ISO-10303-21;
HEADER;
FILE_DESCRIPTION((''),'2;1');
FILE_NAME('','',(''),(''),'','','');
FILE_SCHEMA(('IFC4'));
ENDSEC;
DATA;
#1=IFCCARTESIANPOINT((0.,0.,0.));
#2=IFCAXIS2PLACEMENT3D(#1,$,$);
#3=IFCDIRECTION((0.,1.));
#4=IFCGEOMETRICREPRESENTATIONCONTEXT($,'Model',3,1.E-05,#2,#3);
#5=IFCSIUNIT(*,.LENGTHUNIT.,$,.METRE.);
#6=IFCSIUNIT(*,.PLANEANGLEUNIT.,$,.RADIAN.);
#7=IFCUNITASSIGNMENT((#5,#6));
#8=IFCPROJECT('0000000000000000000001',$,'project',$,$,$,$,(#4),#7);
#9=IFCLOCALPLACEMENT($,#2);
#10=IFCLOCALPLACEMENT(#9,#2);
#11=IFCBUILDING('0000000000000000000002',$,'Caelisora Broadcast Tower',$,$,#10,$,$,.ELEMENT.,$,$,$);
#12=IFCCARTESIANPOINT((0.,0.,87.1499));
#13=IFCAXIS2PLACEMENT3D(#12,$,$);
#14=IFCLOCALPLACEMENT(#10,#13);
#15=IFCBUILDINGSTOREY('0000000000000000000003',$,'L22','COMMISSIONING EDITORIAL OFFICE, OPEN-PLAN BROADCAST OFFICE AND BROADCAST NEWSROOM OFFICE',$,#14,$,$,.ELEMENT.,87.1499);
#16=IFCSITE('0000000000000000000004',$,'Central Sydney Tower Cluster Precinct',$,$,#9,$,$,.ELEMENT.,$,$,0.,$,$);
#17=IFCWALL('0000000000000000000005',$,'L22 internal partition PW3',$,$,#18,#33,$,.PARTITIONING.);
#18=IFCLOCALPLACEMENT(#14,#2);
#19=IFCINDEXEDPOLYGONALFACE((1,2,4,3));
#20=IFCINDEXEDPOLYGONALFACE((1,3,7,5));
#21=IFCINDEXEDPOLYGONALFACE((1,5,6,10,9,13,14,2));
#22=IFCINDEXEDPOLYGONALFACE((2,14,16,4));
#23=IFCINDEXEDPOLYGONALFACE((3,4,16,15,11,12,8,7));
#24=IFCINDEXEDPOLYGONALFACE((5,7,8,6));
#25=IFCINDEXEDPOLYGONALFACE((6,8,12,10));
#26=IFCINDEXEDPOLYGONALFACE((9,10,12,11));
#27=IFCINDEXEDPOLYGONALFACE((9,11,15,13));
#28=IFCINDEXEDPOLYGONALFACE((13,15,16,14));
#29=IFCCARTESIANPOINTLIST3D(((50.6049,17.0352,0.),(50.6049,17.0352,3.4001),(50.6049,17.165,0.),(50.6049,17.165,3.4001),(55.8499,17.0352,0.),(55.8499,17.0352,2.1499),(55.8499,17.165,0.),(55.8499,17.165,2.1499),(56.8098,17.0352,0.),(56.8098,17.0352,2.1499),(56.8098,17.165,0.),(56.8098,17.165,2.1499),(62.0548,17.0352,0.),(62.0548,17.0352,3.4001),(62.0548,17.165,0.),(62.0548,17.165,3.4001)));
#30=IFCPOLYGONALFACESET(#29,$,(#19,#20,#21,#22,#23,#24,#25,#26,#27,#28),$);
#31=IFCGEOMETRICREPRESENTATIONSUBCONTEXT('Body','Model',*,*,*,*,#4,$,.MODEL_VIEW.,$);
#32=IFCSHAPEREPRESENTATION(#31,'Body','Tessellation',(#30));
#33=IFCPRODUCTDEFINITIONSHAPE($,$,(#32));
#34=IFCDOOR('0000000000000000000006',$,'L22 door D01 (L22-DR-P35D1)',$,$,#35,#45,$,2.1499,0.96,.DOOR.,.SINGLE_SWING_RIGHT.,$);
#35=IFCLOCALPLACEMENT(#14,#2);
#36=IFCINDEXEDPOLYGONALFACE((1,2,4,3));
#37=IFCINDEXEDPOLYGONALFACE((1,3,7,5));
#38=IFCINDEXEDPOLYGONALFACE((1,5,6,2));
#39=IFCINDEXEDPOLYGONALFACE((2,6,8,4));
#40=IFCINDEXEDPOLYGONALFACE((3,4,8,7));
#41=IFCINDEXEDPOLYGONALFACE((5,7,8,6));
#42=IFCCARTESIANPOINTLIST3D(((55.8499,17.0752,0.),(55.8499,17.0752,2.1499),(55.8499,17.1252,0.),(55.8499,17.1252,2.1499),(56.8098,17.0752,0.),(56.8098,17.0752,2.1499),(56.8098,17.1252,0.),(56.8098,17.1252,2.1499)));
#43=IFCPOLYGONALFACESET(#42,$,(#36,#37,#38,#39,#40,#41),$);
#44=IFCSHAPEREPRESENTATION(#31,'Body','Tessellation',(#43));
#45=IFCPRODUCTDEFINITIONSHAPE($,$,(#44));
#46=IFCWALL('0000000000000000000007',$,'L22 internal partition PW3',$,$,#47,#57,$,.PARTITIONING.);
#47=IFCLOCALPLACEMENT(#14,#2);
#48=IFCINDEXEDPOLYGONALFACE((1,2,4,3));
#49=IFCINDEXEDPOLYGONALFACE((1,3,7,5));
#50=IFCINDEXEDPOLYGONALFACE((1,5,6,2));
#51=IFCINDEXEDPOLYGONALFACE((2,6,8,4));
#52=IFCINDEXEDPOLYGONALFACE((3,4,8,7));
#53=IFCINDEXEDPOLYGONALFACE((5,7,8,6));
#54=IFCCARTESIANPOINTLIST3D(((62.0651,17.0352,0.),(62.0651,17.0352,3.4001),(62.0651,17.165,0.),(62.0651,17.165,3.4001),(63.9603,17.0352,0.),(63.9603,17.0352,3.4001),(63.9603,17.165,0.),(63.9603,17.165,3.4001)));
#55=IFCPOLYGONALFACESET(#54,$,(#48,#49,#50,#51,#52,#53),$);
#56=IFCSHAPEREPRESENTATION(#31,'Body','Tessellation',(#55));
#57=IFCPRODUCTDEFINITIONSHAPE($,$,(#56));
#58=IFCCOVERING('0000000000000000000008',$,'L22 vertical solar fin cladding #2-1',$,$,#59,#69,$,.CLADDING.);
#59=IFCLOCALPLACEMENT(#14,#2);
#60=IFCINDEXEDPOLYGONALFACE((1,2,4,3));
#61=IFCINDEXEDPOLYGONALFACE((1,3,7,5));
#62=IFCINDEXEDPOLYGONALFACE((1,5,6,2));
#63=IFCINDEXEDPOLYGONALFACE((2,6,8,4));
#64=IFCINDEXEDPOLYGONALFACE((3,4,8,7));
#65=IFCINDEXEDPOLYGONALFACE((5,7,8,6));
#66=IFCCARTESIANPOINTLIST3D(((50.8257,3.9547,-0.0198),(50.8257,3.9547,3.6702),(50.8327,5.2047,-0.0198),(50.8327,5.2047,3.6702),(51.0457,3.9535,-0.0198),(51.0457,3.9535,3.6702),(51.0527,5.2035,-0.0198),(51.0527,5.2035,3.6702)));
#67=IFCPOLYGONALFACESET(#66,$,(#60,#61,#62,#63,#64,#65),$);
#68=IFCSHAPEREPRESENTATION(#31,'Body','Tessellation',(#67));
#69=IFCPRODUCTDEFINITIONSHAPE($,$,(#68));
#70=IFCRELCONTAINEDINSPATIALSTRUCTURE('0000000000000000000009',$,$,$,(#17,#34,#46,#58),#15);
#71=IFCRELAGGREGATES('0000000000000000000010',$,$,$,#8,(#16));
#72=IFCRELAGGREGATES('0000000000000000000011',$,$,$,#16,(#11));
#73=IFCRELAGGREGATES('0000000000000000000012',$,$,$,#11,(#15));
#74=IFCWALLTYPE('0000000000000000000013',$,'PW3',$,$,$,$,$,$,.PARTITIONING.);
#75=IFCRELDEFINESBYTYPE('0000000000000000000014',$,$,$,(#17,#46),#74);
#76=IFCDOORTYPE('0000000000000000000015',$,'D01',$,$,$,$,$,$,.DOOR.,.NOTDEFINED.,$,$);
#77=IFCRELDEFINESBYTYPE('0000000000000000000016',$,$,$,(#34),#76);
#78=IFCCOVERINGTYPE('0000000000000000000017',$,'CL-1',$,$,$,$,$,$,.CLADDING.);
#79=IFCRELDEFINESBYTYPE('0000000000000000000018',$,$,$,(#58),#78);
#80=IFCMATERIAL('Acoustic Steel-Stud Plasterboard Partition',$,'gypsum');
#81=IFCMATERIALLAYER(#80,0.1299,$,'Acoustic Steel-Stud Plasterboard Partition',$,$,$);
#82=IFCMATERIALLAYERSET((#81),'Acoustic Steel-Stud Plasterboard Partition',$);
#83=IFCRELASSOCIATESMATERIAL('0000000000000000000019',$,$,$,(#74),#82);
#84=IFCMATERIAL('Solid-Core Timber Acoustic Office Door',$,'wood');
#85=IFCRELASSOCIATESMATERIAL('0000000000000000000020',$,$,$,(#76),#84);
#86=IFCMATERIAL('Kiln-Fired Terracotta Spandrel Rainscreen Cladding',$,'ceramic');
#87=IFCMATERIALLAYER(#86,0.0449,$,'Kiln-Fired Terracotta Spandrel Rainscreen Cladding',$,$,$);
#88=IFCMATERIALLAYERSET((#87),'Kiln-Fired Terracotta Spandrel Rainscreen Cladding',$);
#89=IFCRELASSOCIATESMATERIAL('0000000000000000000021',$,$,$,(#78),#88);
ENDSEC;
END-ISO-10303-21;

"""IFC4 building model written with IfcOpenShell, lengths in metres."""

from ifc_helpers import new_model, si_unit, direction, frame, frame_2d, origin, origin_2d, place, context, subcontext, project, spatial, rectangle, extrude, source, transform, mapped, material, layer, layer_set, type_object, type_shapes, element, fill, save


model = new_model("IFC4")

# Units and contexts
model_context = context("Model", 3, precision=1e-05, world=origin(), true_north=direction((0.0, 1.0)))
body_context = subcontext(model_context, "Body", "Model", "MODEL_VIEW")
ifc_project = project(units=[si_unit("LENGTHUNIT", "METRE"), si_unit("PLANEANGLEUNIT", "RADIAN")], contexts=[model_context])

# Site, building, storey
site_placement = place(None, origin())
site = spatial("IfcSite", under=ifc_project, at=site_placement, Name="Central Sydney Tower Cluster Precinct", CompositionType="ELEMENT", RefElevation=0.0)
building_placement = place(site_placement, origin())
building = spatial("IfcBuilding", under=site, at=building_placement, Name="Caelisora Broadcast Tower", CompositionType="ELEMENT")
storey_placement = place(building_placement, frame((0.0, 0.0, 87.1499)))
storey = spatial("IfcBuildingStorey", under=building, at=storey_placement, Name="L22", Description="COMMISSIONING EDITORIAL OFFICE, OPEN-PLAN BROADCAST OFFICE AND BROADCAST NEWSROOM OFFICE", CompositionType="ELEMENT", Elevation=87.1499)

# Wall, opening, door
ifc_material_1 = material(Name="Acoustic Steel-Stud Plasterboard Partition", Category="gypsum")
ifc_layer_1 = layer(ifc_material_1, 0.1299, Name="Acoustic Steel-Stud Plasterboard Partition")
ifc_layer_set_1 = layer_set([ifc_layer_1], Name="Acoustic Steel-Stud Plasterboard Partition")
wall_type_1 = type_object("IfcWallType", Name="PW3", PredefinedType="PARTITIONING", material=ifc_layer_set_1)
wall_1_placement = place(storey_placement, frame((62.0549, 17.1001, 0.0), z_axis=(0.0, 0.0, 1.0), x_axis=(-1.0, 0.0, 0.0)))
wall_1 = element("IfcWall", 1, at=wall_1_placement, inside=storey, type_object=wall_type_1, Name="L22 internal partition PW3", PredefinedType="PARTITIONING", context=body_context, shape_type="SweptSolid", body=[
    extrude(rectangle(XDim=11.45, YDim=0.1299, at=frame_2d((5.7251, 0.0))), origin(), (0.0, 0.0, 1.0), 3.4001),
])
opening_1_placement = place(wall_1_placement, frame((5.2451, 0.0, 0.0)))
opening_1 = element("IfcOpeningElement", 2, at=opening_1_placement, cuts=wall_1, PredefinedType="OPENING", context=body_context, shape_type="SweptSolid", body=[
    extrude(rectangle(XDim=0.96, YDim=2.1499, at=frame_2d((0.48, 1.075))), frame((0.0, 0.0769, 0.0), z_axis=(0.0, -1.0, 0.0), x_axis=(1.0, 0.0, 0.0)), (0.0, 0.0, 1.0), 0.1538),
])
ifc_material_2 = material(Name="Solid-Core Timber Acoustic Office Door", Category="wood")
door_type = type_object("IfcDoorType", Name="D01", OperationType="NOTDEFINED", PredefinedType="DOOR", material=ifc_material_2)
door_placement = place(opening_1_placement, origin())
door = element("IfcDoor", 3, at=door_placement, inside=storey, type_object=door_type, Name="L22 door D01 (L22-DR-P35D1)", OperationType="SINGLE_SWING_RIGHT", OverallHeight=2.1499, OverallWidth=0.96, PredefinedType="DOOR", context=body_context, shape_type="SweptSolid", body=[
    extrude(rectangle(XDim=0.96, YDim=2.1499, at=frame_2d((0.48, 1.075))), frame((0.0, 0.0249, 0.0), z_axis=(0.0, -1.0, 0.0), x_axis=(1.0, 0.0, 0.0)), (0.0, 0.0, 1.0), 0.05),
])
fill(opening_1, door)

# Wall
wall_2_placement = place(storey_placement, frame((62.0649, 17.1001, 0.0), z_axis=(0.0, 0.0, 1.0), x_axis=(1.0, 0.0, 0.0)))
element("IfcWall", 4, at=wall_2_placement, inside=storey, type_object=wall_type_1, Name="L22 internal partition PW3", PredefinedType="PARTITIONING", context=body_context, shape_type="SweptSolid", body=[
    extrude(rectangle(XDim=1.8953, YDim=0.1299, at=frame_2d((0.9478, 0.0))), origin(), (0.0, 0.0, 1.0), 3.4001),
])

# Covering
ifc_material_3 = material(Name="Kiln-Fired Terracotta Spandrel Rainscreen Cladding", Category="ceramic")
ifc_layer_2 = layer(ifc_material_3, 0.0449, Name="Kiln-Fired Terracotta Spandrel Rainscreen Cladding")
ifc_layer_set_2 = layer_set([ifc_layer_2], Name="Kiln-Fired Terracotta Spandrel Rainscreen Cladding")
covering_type = type_object("IfcCoveringType", Name="CL-1", PredefinedType="CLADDING", material=ifc_layer_set_2)
shared_shape_1 = source(origin(), body_context, "Body", "SweptSolid", [
    extrude(rectangle(XDim=0.22, YDim=1.25, at=origin_2d()), origin(), (0.0, 0.0, 1.0), 3.6899),
])
type_shapes(covering_type, [shared_shape_1])
covering_placement = place(storey_placement, frame((50.9392, 4.5791, -0.0198), z_axis=(0.0, 0.0, 1.0), x_axis=(-0.999984, 0.005585, 0.0)))
element("IfcCovering", 5, at=covering_placement, inside=storey, type_object=covering_type, Name="L22 vertical solar fin cladding #2-1", PredefinedType="CLADDING", context=body_context, shape_type="MappedRepresentation", body=[
    mapped(shared_shape_1, transform((0.0, 0.0, 0.0), scale=1.0)),
])

save(model, "model.ifc")
